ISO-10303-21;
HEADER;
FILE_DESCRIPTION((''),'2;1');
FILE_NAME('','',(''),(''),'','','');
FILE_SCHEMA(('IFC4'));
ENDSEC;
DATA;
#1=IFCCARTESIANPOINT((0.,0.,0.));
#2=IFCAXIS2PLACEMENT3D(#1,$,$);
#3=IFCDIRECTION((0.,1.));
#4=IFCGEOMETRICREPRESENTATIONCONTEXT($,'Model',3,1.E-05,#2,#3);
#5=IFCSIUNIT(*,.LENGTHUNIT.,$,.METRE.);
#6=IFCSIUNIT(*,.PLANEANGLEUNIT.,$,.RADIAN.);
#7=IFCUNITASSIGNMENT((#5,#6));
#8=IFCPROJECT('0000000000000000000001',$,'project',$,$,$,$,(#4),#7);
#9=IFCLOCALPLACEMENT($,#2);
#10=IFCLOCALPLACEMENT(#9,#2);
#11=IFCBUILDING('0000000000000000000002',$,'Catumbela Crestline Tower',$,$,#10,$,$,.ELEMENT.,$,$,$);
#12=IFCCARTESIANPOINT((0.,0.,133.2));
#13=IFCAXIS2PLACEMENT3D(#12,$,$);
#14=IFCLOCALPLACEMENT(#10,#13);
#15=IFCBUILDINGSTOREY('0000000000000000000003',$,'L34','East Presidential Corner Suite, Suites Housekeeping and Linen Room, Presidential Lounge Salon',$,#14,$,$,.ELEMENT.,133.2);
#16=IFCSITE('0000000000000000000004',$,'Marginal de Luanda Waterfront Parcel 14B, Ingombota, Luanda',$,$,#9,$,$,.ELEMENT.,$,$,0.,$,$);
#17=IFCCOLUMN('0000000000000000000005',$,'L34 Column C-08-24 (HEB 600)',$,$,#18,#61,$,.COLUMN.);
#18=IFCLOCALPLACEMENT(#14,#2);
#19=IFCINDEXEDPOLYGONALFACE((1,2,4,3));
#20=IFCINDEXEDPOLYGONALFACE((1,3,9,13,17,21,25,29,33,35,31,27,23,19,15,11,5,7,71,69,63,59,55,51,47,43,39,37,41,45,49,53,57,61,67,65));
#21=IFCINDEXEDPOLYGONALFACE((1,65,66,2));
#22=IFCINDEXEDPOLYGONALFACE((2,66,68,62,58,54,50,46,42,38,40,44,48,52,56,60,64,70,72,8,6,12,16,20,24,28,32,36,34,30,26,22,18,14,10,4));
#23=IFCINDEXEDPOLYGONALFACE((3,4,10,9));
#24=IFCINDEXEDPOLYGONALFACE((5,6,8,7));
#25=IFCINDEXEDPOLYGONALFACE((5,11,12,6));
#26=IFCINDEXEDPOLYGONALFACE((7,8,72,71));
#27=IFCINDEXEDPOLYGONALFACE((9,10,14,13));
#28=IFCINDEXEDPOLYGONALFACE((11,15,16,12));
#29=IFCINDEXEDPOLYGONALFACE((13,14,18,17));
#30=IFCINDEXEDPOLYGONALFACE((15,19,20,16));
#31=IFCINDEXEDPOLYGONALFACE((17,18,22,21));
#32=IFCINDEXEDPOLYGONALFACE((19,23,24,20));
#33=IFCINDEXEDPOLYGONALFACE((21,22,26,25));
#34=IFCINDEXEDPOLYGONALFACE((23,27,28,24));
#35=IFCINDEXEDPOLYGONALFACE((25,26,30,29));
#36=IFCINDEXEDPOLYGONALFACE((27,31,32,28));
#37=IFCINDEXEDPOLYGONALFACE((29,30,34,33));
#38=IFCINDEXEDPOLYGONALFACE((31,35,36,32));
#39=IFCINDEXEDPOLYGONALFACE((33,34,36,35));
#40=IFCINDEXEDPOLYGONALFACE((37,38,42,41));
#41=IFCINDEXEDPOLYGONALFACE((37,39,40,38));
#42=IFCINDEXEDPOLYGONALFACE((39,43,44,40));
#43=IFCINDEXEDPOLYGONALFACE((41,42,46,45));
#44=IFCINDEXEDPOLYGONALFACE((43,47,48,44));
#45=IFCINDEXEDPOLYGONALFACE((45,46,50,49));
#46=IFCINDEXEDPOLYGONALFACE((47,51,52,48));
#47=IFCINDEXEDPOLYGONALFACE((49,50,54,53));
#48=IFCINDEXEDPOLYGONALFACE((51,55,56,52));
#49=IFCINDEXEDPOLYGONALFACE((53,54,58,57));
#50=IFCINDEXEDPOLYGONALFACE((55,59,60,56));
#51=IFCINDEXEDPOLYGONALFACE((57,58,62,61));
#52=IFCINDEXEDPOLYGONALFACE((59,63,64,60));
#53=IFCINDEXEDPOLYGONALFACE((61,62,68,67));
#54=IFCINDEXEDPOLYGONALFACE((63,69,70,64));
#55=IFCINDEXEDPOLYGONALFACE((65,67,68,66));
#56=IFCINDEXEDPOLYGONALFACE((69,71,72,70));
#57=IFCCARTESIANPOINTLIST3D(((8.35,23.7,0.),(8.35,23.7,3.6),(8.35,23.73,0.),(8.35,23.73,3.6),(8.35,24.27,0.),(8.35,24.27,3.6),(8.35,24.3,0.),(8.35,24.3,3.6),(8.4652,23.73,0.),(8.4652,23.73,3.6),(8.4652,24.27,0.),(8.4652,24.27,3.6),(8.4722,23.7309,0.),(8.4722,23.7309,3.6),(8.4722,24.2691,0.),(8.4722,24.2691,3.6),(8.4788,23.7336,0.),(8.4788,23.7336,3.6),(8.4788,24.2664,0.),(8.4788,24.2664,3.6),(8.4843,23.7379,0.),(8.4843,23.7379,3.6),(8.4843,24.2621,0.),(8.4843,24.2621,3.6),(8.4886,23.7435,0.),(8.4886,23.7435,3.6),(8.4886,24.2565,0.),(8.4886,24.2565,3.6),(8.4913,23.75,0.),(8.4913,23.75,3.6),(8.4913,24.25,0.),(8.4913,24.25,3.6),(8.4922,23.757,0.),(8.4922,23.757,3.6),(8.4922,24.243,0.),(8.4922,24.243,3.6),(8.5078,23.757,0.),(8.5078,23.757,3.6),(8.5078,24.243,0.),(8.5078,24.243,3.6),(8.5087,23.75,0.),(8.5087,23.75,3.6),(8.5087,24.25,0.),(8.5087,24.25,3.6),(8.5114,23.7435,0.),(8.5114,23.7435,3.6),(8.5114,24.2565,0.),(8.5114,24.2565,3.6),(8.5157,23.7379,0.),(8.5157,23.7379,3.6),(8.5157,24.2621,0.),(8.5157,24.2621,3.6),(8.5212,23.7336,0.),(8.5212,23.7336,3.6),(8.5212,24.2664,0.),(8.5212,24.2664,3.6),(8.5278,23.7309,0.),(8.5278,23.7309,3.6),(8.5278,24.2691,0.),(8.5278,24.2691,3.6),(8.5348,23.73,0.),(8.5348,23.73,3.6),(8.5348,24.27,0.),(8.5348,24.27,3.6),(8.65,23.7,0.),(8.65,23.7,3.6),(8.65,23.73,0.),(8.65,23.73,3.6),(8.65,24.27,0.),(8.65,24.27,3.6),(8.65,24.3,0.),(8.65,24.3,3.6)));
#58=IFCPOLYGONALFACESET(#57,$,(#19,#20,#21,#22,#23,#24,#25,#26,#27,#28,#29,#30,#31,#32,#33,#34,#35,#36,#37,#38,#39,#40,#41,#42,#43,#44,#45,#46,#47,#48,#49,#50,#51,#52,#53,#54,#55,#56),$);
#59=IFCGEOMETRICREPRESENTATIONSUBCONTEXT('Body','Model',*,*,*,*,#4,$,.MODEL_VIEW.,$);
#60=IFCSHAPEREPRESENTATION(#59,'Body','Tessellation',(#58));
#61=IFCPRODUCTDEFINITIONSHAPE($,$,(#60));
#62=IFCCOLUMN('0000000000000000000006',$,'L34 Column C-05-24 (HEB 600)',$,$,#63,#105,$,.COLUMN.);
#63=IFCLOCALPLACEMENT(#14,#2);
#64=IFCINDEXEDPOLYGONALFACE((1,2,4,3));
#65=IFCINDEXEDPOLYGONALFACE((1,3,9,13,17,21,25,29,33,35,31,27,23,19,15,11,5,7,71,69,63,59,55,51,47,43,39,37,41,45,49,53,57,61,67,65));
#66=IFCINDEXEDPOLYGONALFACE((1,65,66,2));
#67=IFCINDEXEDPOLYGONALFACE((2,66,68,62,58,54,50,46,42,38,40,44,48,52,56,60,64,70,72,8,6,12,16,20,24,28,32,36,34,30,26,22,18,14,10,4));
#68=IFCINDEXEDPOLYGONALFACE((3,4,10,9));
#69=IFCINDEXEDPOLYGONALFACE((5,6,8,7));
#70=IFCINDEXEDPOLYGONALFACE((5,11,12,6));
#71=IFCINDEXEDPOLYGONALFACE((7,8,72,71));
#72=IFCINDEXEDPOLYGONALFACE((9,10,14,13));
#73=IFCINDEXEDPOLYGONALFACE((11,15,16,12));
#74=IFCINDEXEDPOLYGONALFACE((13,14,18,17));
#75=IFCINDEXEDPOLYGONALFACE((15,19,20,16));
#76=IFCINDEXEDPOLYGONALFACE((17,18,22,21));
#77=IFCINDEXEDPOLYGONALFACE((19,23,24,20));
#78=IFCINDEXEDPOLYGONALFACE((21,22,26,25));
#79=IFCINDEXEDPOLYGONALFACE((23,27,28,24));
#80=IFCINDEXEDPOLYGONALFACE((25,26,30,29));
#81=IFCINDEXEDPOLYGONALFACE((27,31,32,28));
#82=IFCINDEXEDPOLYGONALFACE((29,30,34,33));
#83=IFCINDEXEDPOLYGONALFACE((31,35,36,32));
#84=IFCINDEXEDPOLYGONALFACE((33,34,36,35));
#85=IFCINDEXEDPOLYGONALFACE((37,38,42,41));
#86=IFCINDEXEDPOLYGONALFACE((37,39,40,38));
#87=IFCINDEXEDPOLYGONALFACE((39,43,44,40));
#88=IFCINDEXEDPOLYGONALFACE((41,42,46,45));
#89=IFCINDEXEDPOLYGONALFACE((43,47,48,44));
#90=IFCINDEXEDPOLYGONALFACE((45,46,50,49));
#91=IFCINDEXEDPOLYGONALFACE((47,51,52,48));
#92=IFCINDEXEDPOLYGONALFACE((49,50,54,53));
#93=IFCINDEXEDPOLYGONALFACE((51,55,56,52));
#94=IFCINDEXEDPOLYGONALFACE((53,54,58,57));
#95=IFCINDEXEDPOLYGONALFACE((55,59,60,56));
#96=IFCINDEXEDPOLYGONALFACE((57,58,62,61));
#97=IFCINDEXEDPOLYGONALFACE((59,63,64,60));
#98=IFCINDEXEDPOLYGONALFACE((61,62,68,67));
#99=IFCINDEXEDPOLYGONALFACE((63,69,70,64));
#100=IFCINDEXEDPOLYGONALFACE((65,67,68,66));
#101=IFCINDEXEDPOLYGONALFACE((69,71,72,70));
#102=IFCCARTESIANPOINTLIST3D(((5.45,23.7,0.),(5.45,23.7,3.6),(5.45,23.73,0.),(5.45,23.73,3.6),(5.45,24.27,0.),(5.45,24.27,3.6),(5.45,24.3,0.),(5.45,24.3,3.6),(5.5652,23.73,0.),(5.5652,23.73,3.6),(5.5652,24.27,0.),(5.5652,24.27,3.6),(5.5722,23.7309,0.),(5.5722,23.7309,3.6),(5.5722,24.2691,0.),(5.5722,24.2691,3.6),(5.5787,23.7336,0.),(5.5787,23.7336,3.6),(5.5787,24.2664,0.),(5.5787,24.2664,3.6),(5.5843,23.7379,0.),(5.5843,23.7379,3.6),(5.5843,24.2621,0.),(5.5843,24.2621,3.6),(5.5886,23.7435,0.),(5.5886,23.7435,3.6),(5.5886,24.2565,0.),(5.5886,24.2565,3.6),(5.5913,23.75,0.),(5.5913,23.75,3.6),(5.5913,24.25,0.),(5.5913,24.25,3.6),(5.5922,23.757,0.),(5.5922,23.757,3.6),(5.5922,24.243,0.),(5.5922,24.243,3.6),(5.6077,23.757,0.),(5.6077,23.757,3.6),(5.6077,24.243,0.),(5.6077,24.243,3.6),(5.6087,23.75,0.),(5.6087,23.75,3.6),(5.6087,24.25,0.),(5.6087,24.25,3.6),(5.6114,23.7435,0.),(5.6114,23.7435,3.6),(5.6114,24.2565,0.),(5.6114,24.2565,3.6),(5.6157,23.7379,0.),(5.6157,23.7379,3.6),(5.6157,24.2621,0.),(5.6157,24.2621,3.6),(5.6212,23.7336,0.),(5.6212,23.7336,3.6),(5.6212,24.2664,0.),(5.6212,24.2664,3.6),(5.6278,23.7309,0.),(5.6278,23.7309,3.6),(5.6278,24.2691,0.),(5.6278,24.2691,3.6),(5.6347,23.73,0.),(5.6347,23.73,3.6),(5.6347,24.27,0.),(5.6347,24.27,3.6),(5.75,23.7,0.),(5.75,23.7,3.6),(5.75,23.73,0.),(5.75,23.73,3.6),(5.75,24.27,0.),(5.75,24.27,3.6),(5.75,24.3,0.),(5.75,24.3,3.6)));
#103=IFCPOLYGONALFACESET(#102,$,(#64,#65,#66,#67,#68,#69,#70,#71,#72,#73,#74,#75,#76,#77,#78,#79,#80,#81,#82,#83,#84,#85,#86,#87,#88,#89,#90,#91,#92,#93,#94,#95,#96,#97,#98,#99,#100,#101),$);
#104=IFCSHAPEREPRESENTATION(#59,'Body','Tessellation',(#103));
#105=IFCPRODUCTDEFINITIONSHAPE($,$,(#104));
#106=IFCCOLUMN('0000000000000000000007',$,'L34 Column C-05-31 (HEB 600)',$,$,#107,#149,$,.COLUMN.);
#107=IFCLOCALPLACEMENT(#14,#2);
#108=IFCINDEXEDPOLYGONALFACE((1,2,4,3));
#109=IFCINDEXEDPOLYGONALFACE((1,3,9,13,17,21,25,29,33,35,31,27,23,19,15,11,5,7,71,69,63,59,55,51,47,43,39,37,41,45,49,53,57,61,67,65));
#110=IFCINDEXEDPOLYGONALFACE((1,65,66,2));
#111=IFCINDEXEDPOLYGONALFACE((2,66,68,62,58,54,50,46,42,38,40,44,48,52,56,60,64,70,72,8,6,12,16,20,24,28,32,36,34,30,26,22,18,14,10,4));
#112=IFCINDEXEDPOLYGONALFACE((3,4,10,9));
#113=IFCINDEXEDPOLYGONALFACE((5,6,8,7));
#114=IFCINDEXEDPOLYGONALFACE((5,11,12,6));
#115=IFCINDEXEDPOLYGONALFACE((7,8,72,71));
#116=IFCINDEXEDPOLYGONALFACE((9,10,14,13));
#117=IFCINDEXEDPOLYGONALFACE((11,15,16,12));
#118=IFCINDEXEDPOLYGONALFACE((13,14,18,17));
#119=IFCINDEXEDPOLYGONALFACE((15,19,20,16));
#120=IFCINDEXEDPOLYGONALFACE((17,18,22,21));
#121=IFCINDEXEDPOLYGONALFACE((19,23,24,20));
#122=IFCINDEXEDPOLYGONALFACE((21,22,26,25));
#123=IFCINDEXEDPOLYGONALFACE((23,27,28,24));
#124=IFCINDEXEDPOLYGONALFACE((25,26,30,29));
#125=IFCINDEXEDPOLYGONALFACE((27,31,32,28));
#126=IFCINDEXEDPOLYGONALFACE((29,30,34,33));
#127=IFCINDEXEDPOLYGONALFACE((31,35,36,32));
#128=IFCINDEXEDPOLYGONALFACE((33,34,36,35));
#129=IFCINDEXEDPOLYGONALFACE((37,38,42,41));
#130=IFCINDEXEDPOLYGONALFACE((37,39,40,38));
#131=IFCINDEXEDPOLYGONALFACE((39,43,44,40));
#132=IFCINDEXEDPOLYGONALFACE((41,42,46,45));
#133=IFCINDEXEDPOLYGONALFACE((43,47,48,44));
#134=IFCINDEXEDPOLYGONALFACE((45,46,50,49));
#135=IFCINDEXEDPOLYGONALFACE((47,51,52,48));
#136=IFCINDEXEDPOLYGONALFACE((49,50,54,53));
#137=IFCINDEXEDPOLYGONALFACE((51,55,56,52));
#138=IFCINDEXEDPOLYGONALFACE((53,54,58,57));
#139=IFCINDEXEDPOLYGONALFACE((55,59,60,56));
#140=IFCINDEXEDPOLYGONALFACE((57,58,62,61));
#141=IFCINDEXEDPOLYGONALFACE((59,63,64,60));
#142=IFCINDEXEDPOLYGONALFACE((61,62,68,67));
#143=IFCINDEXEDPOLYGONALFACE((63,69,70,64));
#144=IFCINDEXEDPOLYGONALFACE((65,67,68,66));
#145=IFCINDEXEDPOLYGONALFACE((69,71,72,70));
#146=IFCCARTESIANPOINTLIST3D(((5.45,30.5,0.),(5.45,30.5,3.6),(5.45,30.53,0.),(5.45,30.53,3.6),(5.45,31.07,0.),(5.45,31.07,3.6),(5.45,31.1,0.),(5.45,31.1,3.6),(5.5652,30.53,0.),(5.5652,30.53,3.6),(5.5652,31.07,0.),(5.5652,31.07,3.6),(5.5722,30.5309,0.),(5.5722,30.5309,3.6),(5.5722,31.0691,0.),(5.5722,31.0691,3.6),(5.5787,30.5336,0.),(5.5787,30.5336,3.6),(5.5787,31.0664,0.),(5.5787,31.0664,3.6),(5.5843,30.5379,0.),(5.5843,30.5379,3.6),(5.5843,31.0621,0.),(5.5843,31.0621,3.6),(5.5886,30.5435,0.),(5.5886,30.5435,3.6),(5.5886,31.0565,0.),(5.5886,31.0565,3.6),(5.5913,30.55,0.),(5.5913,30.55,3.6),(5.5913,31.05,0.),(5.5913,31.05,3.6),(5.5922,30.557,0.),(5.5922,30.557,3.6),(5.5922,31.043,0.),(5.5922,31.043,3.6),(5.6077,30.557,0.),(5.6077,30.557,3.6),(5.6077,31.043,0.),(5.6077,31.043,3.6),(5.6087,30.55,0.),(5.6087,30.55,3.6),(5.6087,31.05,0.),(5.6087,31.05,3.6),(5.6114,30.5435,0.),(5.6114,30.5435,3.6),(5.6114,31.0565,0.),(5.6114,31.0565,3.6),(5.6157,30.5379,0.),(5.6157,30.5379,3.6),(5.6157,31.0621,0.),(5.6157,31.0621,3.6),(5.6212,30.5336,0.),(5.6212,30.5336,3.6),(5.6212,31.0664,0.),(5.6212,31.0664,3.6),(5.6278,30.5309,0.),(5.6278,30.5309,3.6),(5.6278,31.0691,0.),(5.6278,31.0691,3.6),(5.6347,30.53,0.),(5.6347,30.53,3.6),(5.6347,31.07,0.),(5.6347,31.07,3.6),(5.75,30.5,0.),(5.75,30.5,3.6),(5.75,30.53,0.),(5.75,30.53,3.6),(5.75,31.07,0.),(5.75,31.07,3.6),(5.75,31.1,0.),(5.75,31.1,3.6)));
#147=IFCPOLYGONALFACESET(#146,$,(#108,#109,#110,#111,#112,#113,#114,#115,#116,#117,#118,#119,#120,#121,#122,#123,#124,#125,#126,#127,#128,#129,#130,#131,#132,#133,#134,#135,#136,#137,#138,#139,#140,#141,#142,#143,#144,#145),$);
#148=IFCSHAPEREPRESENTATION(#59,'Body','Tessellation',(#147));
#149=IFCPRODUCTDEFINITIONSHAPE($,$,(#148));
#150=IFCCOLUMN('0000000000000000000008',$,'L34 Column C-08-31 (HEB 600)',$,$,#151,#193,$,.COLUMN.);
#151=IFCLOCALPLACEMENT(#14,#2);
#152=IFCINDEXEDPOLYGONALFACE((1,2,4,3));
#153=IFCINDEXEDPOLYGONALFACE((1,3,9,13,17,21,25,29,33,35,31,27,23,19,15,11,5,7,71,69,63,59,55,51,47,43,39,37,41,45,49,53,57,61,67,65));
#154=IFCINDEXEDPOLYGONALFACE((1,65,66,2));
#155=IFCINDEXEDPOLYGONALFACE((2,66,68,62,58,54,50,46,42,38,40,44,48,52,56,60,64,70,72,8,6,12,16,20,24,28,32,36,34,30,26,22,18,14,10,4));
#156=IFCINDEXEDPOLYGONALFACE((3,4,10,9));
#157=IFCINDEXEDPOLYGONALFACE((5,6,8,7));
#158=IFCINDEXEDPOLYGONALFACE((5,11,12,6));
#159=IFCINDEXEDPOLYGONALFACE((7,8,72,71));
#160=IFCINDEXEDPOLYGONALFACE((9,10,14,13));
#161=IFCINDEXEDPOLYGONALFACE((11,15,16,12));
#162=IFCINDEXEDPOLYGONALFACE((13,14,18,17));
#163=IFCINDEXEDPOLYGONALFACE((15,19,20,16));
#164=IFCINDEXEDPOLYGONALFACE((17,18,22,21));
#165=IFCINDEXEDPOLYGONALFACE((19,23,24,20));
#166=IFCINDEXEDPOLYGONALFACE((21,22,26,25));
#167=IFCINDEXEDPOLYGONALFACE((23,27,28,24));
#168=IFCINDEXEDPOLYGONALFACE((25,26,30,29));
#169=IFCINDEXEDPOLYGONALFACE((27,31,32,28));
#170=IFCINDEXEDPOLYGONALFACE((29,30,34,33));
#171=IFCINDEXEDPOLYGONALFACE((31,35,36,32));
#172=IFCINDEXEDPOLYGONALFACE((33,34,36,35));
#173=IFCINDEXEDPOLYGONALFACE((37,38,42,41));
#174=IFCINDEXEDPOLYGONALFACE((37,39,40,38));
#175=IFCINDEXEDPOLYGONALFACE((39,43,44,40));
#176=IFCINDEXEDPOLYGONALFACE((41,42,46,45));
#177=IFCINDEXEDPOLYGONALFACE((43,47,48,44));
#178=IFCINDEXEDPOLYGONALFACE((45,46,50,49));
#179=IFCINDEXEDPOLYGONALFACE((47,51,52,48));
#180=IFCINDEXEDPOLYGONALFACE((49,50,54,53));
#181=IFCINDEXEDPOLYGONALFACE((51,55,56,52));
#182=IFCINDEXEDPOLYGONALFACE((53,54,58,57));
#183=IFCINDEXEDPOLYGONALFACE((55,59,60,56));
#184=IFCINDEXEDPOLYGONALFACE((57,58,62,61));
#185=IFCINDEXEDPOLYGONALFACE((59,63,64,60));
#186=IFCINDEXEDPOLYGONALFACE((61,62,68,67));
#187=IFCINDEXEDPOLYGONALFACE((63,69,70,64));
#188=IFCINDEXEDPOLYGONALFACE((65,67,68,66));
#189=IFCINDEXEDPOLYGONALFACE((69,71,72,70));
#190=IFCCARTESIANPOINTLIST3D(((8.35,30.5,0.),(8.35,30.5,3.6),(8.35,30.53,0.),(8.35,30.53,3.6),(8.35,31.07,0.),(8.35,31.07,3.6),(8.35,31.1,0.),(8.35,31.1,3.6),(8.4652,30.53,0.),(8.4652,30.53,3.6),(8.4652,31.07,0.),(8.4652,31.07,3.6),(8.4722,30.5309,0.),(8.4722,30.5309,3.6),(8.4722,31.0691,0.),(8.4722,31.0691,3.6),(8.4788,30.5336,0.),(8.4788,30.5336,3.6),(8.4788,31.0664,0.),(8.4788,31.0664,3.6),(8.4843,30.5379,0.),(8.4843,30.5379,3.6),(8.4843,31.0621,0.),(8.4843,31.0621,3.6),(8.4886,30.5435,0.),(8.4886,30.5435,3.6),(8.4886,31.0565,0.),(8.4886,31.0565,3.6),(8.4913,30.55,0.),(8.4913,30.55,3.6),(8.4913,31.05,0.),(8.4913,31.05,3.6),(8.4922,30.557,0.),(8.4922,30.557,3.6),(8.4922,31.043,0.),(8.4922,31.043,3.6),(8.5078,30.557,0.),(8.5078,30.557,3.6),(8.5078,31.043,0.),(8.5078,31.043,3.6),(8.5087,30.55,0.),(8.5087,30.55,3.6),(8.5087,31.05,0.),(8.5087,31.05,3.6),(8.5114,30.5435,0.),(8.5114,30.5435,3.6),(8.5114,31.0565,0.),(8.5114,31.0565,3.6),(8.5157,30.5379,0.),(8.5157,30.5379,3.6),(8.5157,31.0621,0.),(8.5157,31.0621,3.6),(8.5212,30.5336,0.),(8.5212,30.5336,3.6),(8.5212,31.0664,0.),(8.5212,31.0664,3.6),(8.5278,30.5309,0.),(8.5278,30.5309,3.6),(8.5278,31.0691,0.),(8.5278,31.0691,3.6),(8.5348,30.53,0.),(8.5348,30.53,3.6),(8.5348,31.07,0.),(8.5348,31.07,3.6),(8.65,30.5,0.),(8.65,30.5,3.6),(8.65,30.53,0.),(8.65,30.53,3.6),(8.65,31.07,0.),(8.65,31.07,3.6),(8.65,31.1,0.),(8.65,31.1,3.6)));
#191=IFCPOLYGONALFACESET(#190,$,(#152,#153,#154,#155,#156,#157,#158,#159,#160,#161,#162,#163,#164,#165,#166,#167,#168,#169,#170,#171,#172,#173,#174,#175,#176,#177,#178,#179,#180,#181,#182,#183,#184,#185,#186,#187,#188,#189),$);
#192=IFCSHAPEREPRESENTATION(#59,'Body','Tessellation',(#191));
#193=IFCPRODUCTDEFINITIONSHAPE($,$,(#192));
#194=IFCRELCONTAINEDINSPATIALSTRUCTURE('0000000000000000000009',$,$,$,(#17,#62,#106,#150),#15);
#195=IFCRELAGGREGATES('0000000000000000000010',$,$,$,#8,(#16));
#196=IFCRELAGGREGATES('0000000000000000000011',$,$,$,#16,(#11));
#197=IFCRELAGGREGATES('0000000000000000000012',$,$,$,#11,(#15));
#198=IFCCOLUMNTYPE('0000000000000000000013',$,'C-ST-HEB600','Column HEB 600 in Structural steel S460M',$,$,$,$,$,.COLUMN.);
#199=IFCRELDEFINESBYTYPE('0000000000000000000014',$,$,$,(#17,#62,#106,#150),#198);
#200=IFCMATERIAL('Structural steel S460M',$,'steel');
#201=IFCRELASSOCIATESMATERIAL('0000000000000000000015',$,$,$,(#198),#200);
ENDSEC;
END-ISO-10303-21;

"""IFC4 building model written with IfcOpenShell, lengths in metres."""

from ifc_helpers import new_model, si_unit, direction, frame, origin, origin_2d, place, context, subcontext, project, spatial, i_section, extrude, material, material_profile, profile_set, type_object, element, save


model = new_model("IFC4")

# Units and contexts
model_context = context("Model", 3, precision=1e-05, world=origin(), true_north=direction((0.0, 1.0)))
body_context = subcontext(model_context, "Body", "Model", "MODEL_VIEW")
ifc_project = project(units=[si_unit("LENGTHUNIT", "METRE"), si_unit("PLANEANGLEUNIT", "RADIAN")], contexts=[model_context])

# Site, building, storey
site_placement = place(None, origin())
site = spatial("IfcSite", under=ifc_project, at=site_placement, Name="Marginal de Luanda Waterfront Parcel 14B, Ingombota, Luanda", CompositionType="ELEMENT", RefElevation=0.0)
building_placement = place(site_placement, origin())
building = spatial("IfcBuilding", under=site, at=building_placement, Name="Catumbela Crestline Tower", CompositionType="ELEMENT")
storey_placement = place(building_placement, frame((0.0, 0.0, 133.2)))
storey = spatial("IfcBuildingStorey", under=building, at=storey_placement, Name="L34", Description="East Presidential Corner Suite, Suites Housekeeping and Linen Room, Presidential Lounge Salon", CompositionType="ELEMENT", Elevation=133.2)

# Columns
ifc_material_1 = material(Name="Structural steel S460M", Category="steel")
ifc_material_profile_1 = material_profile(ifc_material_1, i_section(OverallWidth=0.3, OverallDepth=0.6, WebThickness=0.0155, FlangeThickness=0.03, FilletRadius=0.027, at=origin_2d()), Name="HEB 600")
ifc_profile_set_1 = profile_set([ifc_material_profile_1], Name="Structural steel S460M")
column_type = type_object("IfcColumnType", Name="C-ST-HEB600", Description="Column HEB 600 in Structural steel S460M", PredefinedType="COLUMN", material=ifc_profile_set_1)
for number, where, z_axis, x_axis, name in (
    (1, (8.5, 24.0, 0.0), (0.0, 0.0, 1.0), (1.0, 0.0, 0.0), "L34 Column C-08-24 (HEB 600)"),
    (2, (5.6, 24.0, 0.0), (0.0, 0.0, 1.0), (1.0, 0.0, 0.0), "L34 Column C-05-24 (HEB 600)"),
    (3, (5.6, 30.8, 0.0), (0.0, 0.0, 1.0), (1.0, 0.0, 0.0), "L34 Column C-05-31 (HEB 600)"),
    (4, (8.5, 30.8, 0.0), (0.0, 0.0, 1.0), (1.0, 0.0, 0.0), "L34 Column C-08-31 (HEB 600)"),
):
    element("IfcColumn", number, at=place(storey_placement, frame(where, z_axis=z_axis, x_axis=x_axis)), inside=storey, type_object=column_type, Name=name, PredefinedType="COLUMN", context=body_context, shape_type="SweptSolid", body=[
        extrude(i_section(OverallWidth=0.3, OverallDepth=0.6, WebThickness=0.0155, FlangeThickness=0.03, FilletRadius=0.027, at=origin_2d()), origin(), (0.0, 0.0, 1.0), 3.6),
    ])

save(model, "model.ifc")
